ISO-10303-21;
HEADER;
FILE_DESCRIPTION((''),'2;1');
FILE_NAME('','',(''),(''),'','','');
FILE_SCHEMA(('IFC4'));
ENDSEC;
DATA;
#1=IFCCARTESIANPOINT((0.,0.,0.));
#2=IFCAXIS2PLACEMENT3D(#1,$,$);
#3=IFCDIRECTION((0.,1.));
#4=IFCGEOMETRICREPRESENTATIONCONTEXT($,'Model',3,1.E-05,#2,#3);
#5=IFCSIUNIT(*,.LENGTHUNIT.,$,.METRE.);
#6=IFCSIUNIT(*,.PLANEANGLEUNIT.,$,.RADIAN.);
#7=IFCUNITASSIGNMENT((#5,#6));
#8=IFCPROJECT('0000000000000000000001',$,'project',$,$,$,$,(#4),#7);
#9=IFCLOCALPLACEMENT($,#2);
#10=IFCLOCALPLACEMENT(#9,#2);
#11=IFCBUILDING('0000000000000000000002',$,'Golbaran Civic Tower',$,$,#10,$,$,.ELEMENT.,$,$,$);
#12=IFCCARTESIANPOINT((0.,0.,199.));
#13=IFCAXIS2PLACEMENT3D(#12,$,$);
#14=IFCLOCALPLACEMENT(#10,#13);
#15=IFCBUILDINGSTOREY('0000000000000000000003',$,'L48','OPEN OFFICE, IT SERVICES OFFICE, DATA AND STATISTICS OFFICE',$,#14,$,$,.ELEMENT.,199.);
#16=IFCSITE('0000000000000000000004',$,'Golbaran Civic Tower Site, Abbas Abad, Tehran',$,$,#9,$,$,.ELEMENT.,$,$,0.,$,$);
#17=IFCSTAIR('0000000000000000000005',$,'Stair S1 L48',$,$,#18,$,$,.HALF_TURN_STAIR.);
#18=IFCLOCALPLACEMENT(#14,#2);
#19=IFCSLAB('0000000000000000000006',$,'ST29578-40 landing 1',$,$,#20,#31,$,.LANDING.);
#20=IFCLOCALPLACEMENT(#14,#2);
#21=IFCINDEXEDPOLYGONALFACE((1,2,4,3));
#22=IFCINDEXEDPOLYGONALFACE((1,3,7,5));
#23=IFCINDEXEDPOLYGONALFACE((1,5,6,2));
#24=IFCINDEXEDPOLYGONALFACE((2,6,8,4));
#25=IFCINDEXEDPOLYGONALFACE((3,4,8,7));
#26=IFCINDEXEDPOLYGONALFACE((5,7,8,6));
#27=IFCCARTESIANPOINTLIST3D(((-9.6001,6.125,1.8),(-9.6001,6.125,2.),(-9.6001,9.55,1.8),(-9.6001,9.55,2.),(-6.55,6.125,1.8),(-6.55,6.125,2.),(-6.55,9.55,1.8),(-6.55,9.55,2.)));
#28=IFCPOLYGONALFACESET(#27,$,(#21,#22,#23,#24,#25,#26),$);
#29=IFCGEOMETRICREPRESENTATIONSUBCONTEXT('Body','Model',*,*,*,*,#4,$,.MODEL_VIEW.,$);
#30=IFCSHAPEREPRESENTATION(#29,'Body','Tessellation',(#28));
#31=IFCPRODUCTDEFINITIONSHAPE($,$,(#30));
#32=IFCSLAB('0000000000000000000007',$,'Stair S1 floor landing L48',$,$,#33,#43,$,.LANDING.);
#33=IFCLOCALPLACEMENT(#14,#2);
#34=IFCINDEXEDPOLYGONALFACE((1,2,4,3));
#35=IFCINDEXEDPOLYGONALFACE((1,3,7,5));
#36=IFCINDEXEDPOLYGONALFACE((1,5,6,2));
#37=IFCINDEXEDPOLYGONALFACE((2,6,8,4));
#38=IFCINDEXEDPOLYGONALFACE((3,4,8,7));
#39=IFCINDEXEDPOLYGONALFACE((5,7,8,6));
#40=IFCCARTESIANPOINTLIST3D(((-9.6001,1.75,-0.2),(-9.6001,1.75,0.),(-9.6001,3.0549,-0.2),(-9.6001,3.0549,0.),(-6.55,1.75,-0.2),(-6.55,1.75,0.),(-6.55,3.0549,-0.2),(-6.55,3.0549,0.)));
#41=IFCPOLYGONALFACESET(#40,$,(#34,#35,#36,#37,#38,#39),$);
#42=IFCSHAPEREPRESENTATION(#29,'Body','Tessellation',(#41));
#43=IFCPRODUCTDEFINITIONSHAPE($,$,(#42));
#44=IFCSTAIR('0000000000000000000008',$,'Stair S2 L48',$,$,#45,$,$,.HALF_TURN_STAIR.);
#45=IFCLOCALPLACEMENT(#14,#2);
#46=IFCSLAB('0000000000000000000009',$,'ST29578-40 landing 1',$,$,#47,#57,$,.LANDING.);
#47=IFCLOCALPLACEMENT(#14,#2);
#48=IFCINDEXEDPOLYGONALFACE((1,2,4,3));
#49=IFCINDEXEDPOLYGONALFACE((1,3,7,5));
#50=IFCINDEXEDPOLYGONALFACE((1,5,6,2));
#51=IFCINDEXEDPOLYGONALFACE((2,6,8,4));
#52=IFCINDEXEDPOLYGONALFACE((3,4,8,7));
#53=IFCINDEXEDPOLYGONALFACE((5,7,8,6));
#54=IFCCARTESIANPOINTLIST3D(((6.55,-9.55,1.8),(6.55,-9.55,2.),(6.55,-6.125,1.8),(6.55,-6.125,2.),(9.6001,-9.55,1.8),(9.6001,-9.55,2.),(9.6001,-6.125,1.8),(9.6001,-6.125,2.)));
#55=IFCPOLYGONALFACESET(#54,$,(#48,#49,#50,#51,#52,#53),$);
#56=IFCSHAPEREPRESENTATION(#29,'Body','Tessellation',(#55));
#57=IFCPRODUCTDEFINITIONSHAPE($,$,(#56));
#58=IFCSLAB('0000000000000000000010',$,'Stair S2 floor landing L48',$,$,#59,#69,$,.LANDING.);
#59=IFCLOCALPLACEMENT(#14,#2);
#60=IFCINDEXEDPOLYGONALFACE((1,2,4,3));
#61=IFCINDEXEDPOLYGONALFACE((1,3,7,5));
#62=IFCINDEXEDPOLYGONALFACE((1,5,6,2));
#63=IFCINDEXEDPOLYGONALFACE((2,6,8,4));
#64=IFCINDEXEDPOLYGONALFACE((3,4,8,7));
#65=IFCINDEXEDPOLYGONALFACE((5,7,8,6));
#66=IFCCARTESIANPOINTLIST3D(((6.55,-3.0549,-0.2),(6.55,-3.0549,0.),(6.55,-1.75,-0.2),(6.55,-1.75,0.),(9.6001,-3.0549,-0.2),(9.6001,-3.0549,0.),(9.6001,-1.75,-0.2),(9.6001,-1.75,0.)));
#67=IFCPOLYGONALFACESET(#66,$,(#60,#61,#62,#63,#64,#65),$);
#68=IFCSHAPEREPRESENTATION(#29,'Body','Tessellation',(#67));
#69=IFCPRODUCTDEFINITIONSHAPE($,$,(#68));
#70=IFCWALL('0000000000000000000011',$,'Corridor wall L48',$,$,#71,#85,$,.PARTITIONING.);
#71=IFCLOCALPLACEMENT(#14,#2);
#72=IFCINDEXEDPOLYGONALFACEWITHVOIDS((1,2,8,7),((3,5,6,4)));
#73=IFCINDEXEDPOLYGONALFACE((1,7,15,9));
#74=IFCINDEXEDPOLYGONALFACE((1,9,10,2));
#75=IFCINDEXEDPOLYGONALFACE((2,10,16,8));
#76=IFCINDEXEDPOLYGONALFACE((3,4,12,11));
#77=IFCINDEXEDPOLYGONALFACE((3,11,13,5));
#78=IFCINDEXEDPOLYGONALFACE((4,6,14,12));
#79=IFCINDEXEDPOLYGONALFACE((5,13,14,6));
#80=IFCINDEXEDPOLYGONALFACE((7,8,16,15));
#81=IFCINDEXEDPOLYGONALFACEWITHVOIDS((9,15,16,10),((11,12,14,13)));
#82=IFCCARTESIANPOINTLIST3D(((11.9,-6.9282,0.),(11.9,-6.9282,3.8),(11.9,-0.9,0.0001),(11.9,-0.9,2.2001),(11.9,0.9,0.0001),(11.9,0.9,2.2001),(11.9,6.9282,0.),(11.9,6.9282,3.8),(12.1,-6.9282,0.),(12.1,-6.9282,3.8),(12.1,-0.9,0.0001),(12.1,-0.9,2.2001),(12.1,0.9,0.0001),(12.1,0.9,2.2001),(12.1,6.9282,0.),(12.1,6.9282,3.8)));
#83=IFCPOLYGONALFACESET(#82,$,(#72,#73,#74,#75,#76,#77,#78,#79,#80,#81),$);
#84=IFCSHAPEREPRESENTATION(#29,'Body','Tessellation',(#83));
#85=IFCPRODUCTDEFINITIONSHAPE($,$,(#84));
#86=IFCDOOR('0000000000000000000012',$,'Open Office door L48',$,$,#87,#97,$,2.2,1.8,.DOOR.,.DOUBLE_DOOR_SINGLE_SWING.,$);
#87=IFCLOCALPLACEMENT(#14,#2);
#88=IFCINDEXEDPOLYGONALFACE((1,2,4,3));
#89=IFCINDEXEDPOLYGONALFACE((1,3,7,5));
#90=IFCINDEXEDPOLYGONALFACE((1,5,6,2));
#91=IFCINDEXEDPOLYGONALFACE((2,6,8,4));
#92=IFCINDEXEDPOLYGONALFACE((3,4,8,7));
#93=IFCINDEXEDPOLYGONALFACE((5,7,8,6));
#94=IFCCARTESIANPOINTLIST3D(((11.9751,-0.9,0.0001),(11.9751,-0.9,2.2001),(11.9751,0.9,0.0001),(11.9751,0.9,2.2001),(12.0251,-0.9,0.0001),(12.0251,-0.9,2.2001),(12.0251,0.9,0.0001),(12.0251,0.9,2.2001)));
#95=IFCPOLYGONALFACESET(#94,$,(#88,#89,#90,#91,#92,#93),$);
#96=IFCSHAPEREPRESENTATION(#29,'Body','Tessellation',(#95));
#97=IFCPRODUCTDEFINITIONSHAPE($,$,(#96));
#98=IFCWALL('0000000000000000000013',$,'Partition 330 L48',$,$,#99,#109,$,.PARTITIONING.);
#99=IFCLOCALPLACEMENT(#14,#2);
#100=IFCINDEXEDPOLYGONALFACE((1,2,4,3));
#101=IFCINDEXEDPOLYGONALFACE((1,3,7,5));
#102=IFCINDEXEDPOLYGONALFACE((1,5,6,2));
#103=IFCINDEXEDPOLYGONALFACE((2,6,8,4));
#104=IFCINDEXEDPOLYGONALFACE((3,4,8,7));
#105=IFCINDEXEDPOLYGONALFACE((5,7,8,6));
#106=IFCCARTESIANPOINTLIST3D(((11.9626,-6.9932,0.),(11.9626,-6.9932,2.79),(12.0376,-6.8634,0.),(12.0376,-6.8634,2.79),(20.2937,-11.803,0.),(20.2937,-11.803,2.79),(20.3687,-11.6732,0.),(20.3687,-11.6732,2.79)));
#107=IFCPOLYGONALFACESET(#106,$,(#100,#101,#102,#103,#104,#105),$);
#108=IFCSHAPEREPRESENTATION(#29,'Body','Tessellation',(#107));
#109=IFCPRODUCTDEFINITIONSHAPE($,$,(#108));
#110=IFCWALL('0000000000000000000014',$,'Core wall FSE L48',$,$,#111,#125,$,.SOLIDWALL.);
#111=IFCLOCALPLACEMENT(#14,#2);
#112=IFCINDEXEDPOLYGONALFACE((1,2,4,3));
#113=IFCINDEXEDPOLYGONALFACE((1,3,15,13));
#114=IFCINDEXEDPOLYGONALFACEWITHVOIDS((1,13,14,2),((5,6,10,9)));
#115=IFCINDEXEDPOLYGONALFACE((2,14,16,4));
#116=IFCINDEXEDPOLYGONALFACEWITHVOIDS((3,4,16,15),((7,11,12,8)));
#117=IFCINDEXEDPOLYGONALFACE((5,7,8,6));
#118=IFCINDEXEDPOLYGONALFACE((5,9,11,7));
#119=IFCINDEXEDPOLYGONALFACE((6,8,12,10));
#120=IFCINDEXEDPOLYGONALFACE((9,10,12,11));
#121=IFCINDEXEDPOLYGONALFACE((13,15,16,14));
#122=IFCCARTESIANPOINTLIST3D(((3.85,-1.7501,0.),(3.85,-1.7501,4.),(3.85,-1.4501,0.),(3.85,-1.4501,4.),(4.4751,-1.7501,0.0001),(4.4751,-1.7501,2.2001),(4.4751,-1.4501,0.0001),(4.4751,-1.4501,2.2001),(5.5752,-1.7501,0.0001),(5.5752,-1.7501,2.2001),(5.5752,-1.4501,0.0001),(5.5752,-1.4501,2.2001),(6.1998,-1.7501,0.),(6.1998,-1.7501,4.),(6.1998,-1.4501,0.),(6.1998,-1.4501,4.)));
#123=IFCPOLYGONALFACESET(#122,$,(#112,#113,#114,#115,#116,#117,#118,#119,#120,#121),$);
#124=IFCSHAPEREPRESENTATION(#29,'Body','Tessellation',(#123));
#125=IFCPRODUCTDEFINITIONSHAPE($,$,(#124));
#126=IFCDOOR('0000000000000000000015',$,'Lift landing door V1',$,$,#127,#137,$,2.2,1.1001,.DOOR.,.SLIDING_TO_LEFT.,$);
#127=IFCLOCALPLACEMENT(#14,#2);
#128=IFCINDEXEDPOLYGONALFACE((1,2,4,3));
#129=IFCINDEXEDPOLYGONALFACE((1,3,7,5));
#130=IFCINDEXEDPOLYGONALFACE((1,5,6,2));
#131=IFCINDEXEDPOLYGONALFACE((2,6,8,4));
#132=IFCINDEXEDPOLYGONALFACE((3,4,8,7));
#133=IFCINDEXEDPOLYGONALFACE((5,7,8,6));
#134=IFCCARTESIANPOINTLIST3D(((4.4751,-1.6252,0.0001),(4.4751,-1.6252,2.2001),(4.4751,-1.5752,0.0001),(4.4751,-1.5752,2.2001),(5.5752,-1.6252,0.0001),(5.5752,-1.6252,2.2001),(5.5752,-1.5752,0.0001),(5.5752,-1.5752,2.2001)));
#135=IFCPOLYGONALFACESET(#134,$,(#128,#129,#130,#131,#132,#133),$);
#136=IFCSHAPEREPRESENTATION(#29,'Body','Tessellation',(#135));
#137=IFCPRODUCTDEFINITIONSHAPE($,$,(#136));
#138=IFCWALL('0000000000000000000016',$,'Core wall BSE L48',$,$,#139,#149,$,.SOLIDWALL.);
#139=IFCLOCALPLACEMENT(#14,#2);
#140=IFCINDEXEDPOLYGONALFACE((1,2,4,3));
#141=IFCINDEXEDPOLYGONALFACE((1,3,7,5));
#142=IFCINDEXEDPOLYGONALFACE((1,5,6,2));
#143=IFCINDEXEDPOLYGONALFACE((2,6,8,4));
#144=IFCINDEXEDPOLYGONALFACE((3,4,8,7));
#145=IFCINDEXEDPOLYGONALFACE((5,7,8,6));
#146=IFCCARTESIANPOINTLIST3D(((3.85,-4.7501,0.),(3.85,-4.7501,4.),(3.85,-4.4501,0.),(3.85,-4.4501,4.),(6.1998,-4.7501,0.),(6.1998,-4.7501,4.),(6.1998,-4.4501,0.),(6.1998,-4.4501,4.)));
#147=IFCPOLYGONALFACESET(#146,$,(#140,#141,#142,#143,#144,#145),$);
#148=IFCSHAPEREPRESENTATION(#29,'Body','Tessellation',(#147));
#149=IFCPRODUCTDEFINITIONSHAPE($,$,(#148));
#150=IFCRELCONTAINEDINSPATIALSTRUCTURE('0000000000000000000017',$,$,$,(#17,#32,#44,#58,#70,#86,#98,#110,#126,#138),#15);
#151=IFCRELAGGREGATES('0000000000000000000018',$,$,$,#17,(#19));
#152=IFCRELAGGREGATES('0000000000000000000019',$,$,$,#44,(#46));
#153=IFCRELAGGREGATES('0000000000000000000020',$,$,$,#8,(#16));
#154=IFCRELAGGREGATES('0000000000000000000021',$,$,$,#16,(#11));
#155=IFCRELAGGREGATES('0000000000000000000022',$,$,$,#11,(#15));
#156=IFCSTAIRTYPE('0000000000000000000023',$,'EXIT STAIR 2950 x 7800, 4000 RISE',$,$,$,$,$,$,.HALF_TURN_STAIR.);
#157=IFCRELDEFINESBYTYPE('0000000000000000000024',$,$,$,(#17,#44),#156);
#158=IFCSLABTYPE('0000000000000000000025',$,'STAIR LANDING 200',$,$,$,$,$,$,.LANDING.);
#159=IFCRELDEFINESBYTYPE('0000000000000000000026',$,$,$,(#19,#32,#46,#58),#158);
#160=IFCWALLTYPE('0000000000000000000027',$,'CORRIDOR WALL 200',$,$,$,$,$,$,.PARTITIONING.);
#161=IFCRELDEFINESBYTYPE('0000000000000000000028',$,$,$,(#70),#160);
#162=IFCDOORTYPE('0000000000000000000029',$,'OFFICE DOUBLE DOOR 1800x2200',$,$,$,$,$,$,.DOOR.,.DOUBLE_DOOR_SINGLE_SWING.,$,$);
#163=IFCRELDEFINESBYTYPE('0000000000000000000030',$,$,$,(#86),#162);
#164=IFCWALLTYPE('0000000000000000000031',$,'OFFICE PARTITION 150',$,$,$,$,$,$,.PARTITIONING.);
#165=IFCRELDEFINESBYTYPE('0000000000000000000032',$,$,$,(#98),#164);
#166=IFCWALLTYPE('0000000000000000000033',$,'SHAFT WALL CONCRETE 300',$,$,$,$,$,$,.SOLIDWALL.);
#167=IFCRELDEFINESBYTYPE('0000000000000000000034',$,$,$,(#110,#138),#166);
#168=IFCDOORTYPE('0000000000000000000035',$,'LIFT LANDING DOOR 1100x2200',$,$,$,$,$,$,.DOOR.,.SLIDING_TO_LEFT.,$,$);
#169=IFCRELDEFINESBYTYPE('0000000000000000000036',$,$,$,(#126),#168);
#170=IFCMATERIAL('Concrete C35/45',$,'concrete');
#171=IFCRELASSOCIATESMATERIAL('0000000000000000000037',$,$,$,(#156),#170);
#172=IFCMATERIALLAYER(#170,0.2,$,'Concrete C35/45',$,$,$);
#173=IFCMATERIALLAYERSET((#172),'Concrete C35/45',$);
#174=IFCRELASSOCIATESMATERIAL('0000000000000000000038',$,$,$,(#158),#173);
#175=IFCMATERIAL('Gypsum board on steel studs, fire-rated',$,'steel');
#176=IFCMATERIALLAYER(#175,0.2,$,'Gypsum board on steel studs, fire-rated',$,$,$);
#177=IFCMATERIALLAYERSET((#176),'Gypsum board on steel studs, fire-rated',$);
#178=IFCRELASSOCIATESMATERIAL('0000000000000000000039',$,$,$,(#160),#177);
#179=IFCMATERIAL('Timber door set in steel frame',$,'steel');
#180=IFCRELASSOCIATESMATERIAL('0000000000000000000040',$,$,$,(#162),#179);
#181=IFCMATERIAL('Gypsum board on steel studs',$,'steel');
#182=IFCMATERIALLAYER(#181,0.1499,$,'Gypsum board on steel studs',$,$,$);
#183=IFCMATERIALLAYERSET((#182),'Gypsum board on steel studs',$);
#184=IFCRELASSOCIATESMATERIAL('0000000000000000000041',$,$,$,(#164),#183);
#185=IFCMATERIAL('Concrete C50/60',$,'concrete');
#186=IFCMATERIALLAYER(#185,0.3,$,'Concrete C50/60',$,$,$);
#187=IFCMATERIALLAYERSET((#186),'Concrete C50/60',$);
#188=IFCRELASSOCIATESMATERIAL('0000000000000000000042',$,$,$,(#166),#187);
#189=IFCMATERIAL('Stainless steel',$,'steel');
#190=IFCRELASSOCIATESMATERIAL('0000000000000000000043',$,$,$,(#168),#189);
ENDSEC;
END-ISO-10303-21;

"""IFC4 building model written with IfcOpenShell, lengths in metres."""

from ifc_helpers import new_model, si_unit, direction, frame, frame_2d, origin, place, context, subcontext, project, spatial, polyline, rectangle, outline, extrude, material, layer, layer_set, type_object, element, fill, aggregate, save


model = new_model("IFC4")

# Units and contexts
model_context = context("Model", 3, precision=1e-05, world=origin(), true_north=direction((0.0, 1.0)))
body_context = subcontext(model_context, "Body", "Model", "MODEL_VIEW")
ifc_project = project(units=[si_unit("LENGTHUNIT", "METRE"), si_unit("PLANEANGLEUNIT", "RADIAN")], contexts=[model_context])

# Site, building, storey
site_placement = place(None, origin())
site = spatial("IfcSite", under=ifc_project, at=site_placement, Name="Golbaran Civic Tower Site, Abbas Abad, Tehran", CompositionType="ELEMENT", RefElevation=0.0)
building_placement = place(site_placement, origin())
building = spatial("IfcBuilding", under=site, at=building_placement, Name="Golbaran Civic Tower", CompositionType="ELEMENT")
storey_placement = place(building_placement, frame((0.0, 0.0, 199.0)))
storey = spatial("IfcBuildingStorey", under=building, at=storey_placement, Name="L48", Description="OPEN OFFICE, IT SERVICES OFFICE, DATA AND STATISTICS OFFICE", CompositionType="ELEMENT", Elevation=199.0)

# Stair, slab
ifc_material_1 = material(Name="Concrete C35/45", Category="concrete")
stair_type = type_object("IfcStairType", Name="EXIT STAIR 2950 x 7800, 4000 RISE", PredefinedType="HALF_TURN_STAIR", material=ifc_material_1)
stair_1_placement = place(storey_placement, origin())
stair_1 = element("IfcStair", 1, at=stair_1_placement, inside=storey, type_object=stair_type, Name="Stair S1 L48", PredefinedType="HALF_TURN_STAIR")
ifc_layer_1 = layer(ifc_material_1, 0.2, Name="Concrete C35/45")
ifc_layer_set_1 = layer_set([ifc_layer_1], Name="Concrete C35/45")
slab_type = type_object("IfcSlabType", Name="STAIR LANDING 200", PredefinedType="LANDING", material=ifc_layer_set_1)
slab_1_placement = place(storey_placement, frame((0.0, 0.0, 1.8)))
slab_1 = element("IfcSlab", 2, at=slab_1_placement, type_object=slab_type, Name="ST29578-40 landing 1", PredefinedType="LANDING", context=body_context, shape_type="SweptSolid", body=[
    extrude(outline(polyline([(-9.6001, 6.125), (-9.6001, 9.55), (-6.55, 9.55), (-6.55, 6.125), (-9.6001, 6.125)])), origin(), (0.0, 0.0, 1.0), 0.2),
])
aggregate(stair_1, [slab_1])

# Slab
slab_2_placement = place(storey_placement, frame((0.0, 0.0, -0.2)))
element("IfcSlab", 3, at=slab_2_placement, inside=storey, type_object=slab_type, Name="Stair S1 floor landing L48", PredefinedType="LANDING", context=body_context, shape_type="SweptSolid", body=[
    extrude(outline(polyline([(-9.6001, 1.75), (-9.6001, 3.0549), (-6.55, 3.0549), (-6.55, 1.75), (-9.6001, 1.75)])), origin(), (0.0, 0.0, 1.0), 0.2),
])

# Stair, slab
stair_2_placement = place(storey_placement, origin())
stair_2 = element("IfcStair", 4, at=stair_2_placement, inside=storey, type_object=stair_type, Name="Stair S2 L48", PredefinedType="HALF_TURN_STAIR")
slab_3_placement = place(storey_placement, frame((0.0, 0.0, 1.8)))
slab_3 = element("IfcSlab", 5, at=slab_3_placement, type_object=slab_type, Name="ST29578-40 landing 1", PredefinedType="LANDING", context=body_context, shape_type="SweptSolid", body=[
    extrude(outline(polyline([(9.6001, -6.125), (9.6001, -9.55), (6.55, -9.55), (6.55, -6.125), (9.6001, -6.125)])), origin(), (0.0, 0.0, 1.0), 0.2),
])

# Slab
slab_4_placement = place(storey_placement, frame((0.0, 0.0, -0.2)))
element("IfcSlab", 6, at=slab_4_placement, inside=storey, type_object=slab_type, Name="Stair S2 floor landing L48", PredefinedType="LANDING", context=body_context, shape_type="SweptSolid", body=[
    extrude(outline(polyline([(9.6001, -1.75), (9.6001, -3.0549), (6.55, -3.0549), (6.55, -1.75), (9.6001, -1.75)])), origin(), (0.0, 0.0, 1.0), 0.2),
])

# Wall, opening, door
ifc_material_2 = material(Name="Gypsum board on steel studs, fire-rated", Category="steel")
ifc_layer_2 = layer(ifc_material_2, 0.2, Name="Gypsum board on steel studs, fire-rated")
ifc_layer_set_2 = layer_set([ifc_layer_2], Name="Gypsum board on steel studs, fire-rated")
wall_type_1 = type_object("IfcWallType", Name="CORRIDOR WALL 200", PredefinedType="PARTITIONING", material=ifc_layer_set_2)
wall_1_placement = place(storey_placement, frame((12.0, -6.9282, 0.0), z_axis=(0.0, 0.0, 1.0), x_axis=(0.0, 1.0, 0.0)))
wall_1 = element("IfcWall", 7, at=wall_1_placement, inside=storey, type_object=wall_type_1, Name="Corridor wall L48", PredefinedType="PARTITIONING", context=body_context, shape_type="SweptSolid", body=[
    extrude(rectangle(XDim=13.8564, YDim=0.2, at=frame_2d((6.9282, 0.0))), origin(), (0.0, 0.0, 1.0), 3.8),
])
opening_1_placement = place(wall_1_placement, frame((6.0283, 0.0, 0.0)))
opening_1 = element("IfcOpeningElement", 8, at=opening_1_placement, cuts=wall_1, PredefinedType="OPENING", context=body_context, shape_type="SweptSolid", body=[
    extrude(rectangle(XDim=1.8, YDim=2.2, at=frame_2d((0.8999, 1.1001))), frame((0.0, 0.1099, 0.0), z_axis=(0.0, -1.0, 0.0), x_axis=(1.0, 0.0, 0.0)), (0.0, 0.0, 1.0), 0.22),
])
ifc_material_3 = material(Name="Timber door set in steel frame", Category="steel")
door_type_1 = type_object("IfcDoorType", Name="OFFICE DOUBLE DOOR 1800x2200", OperationType="DOUBLE_DOOR_SINGLE_SWING", PredefinedType="DOOR", material=ifc_material_3)
door_1_placement = place(opening_1_placement, origin())
door_1 = element("IfcDoor", 9, at=door_1_placement, inside=storey, type_object=door_type_1, Name="Open Office door L48", OperationType="DOUBLE_DOOR_SINGLE_SWING", OverallHeight=2.2, OverallWidth=1.8, PredefinedType="DOOR", context=body_context, shape_type="SweptSolid", body=[
    extrude(rectangle(XDim=1.8, YDim=2.2, at=frame_2d((0.8999, 1.1001))), frame((0.0, 0.0249, 0.0), z_axis=(0.0, -1.0, 0.0), x_axis=(1.0, 0.0, 0.0)), (0.0, 0.0, 1.0), 0.05),
])
fill(opening_1, door_1)

# Wall
ifc_material_4 = material(Name="Gypsum board on steel studs", Category="steel")
ifc_layer_3 = layer(ifc_material_4, 0.1499, Name="Gypsum board on steel studs")
ifc_layer_set_3 = layer_set([ifc_layer_3], Name="Gypsum board on steel studs")
wall_type_2 = type_object("IfcWallType", Name="OFFICE PARTITION 150", PredefinedType="PARTITIONING", material=ifc_layer_set_3)
wall_2_placement = place(storey_placement, frame((12.0, -6.9282, 0.0), z_axis=(0.0, 0.0, 1.0), x_axis=(0.866031, -0.49999, 0.0)))
element("IfcWall", 10, at=wall_2_placement, inside=storey, type_object=wall_type_2, Name="Partition 330 L48", PredefinedType="PARTITIONING", context=body_context, shape_type="SweptSolid", body=[
    extrude(rectangle(XDim=9.6199, YDim=0.1499, at=frame_2d((4.8101, 0.0))), origin(), (0.0, 0.0, 1.0), 2.79),
])

# Wall, opening, door
ifc_material_5 = material(Name="Concrete C50/60", Category="concrete")
ifc_layer_4 = layer(ifc_material_5, 0.3, Name="Concrete C50/60")
ifc_layer_set_4 = layer_set([ifc_layer_4], Name="Concrete C50/60")
wall_type_3 = type_object("IfcWallType", Name="SHAFT WALL CONCRETE 300", PredefinedType="SOLIDWALL", material=ifc_layer_set_4)
wall_3_placement = place(storey_placement, frame((3.8501, -1.6001, 0.0), z_axis=(0.0, 0.0, 1.0), x_axis=(1.0, 0.0, 0.0)))
wall_3 = element("IfcWall", 11, at=wall_3_placement, inside=storey, type_object=wall_type_3, Name="Core wall FSE L48", PredefinedType="SOLIDWALL", context=body_context, shape_type="SweptSolid", body=[
    extrude(rectangle(XDim=2.3499, YDim=0.3, at=frame_2d((1.1748, 0.0))), origin(), (0.0, 0.0, 1.0), 4.0),
])
opening_2_placement = place(wall_3_placement, frame((0.625, 0.0, 0.0)))
opening_2 = element("IfcOpeningElement", 12, at=opening_2_placement, cuts=wall_3, PredefinedType="OPENING", context=body_context, shape_type="SweptSolid", body=[
    extrude(rectangle(XDim=1.1001, YDim=2.2, at=frame_2d((0.55, 1.1001))), frame((0.0, 0.1599, 0.0), z_axis=(0.0, -1.0, 0.0), x_axis=(1.0, 0.0, 0.0)), (0.0, 0.0, 1.0), 0.3201),
])
ifc_material_6 = material(Name="Stainless steel", Category="steel")
door_type_2 = type_object("IfcDoorType", Name="LIFT LANDING DOOR 1100x2200", OperationType="SLIDING_TO_LEFT", PredefinedType="DOOR", material=ifc_material_6)
door_2_placement = place(opening_2_placement, origin())
door_2 = element("IfcDoor", 13, at=door_2_placement, inside=storey, type_object=door_type_2, Name="Lift landing door V1", OperationType="SLIDING_TO_LEFT", OverallHeight=2.2, OverallWidth=1.1001, PredefinedType="DOOR", context=body_context, shape_type="SweptSolid", body=[
    extrude(rectangle(XDim=1.1001, YDim=2.2, at=frame_2d((0.55, 1.1001))), frame((0.0, 0.0249, 0.0), z_axis=(0.0, -1.0, 0.0), x_axis=(1.0, 0.0, 0.0)), (0.0, 0.0, 1.0), 0.05),
])
fill(opening_2, door_2)

# Wall
wall_4_placement = place(storey_placement, frame((3.8501, -4.6001, 0.0), z_axis=(0.0, 0.0, 1.0), x_axis=(1.0, 0.0, 0.0)))
element("IfcWall", 14, at=wall_4_placement, inside=storey, type_object=wall_type_3, Name="Core wall BSE L48", PredefinedType="SOLIDWALL", context=body_context, shape_type="SweptSolid", body=[
    extrude(rectangle(XDim=2.3499, YDim=0.3, at=frame_2d((1.1748, 0.0))), origin(), (0.0, 0.0, 1.0), 4.0),
])

aggregate(stair_2, [slab_3])

save(model, "model.ifc")
